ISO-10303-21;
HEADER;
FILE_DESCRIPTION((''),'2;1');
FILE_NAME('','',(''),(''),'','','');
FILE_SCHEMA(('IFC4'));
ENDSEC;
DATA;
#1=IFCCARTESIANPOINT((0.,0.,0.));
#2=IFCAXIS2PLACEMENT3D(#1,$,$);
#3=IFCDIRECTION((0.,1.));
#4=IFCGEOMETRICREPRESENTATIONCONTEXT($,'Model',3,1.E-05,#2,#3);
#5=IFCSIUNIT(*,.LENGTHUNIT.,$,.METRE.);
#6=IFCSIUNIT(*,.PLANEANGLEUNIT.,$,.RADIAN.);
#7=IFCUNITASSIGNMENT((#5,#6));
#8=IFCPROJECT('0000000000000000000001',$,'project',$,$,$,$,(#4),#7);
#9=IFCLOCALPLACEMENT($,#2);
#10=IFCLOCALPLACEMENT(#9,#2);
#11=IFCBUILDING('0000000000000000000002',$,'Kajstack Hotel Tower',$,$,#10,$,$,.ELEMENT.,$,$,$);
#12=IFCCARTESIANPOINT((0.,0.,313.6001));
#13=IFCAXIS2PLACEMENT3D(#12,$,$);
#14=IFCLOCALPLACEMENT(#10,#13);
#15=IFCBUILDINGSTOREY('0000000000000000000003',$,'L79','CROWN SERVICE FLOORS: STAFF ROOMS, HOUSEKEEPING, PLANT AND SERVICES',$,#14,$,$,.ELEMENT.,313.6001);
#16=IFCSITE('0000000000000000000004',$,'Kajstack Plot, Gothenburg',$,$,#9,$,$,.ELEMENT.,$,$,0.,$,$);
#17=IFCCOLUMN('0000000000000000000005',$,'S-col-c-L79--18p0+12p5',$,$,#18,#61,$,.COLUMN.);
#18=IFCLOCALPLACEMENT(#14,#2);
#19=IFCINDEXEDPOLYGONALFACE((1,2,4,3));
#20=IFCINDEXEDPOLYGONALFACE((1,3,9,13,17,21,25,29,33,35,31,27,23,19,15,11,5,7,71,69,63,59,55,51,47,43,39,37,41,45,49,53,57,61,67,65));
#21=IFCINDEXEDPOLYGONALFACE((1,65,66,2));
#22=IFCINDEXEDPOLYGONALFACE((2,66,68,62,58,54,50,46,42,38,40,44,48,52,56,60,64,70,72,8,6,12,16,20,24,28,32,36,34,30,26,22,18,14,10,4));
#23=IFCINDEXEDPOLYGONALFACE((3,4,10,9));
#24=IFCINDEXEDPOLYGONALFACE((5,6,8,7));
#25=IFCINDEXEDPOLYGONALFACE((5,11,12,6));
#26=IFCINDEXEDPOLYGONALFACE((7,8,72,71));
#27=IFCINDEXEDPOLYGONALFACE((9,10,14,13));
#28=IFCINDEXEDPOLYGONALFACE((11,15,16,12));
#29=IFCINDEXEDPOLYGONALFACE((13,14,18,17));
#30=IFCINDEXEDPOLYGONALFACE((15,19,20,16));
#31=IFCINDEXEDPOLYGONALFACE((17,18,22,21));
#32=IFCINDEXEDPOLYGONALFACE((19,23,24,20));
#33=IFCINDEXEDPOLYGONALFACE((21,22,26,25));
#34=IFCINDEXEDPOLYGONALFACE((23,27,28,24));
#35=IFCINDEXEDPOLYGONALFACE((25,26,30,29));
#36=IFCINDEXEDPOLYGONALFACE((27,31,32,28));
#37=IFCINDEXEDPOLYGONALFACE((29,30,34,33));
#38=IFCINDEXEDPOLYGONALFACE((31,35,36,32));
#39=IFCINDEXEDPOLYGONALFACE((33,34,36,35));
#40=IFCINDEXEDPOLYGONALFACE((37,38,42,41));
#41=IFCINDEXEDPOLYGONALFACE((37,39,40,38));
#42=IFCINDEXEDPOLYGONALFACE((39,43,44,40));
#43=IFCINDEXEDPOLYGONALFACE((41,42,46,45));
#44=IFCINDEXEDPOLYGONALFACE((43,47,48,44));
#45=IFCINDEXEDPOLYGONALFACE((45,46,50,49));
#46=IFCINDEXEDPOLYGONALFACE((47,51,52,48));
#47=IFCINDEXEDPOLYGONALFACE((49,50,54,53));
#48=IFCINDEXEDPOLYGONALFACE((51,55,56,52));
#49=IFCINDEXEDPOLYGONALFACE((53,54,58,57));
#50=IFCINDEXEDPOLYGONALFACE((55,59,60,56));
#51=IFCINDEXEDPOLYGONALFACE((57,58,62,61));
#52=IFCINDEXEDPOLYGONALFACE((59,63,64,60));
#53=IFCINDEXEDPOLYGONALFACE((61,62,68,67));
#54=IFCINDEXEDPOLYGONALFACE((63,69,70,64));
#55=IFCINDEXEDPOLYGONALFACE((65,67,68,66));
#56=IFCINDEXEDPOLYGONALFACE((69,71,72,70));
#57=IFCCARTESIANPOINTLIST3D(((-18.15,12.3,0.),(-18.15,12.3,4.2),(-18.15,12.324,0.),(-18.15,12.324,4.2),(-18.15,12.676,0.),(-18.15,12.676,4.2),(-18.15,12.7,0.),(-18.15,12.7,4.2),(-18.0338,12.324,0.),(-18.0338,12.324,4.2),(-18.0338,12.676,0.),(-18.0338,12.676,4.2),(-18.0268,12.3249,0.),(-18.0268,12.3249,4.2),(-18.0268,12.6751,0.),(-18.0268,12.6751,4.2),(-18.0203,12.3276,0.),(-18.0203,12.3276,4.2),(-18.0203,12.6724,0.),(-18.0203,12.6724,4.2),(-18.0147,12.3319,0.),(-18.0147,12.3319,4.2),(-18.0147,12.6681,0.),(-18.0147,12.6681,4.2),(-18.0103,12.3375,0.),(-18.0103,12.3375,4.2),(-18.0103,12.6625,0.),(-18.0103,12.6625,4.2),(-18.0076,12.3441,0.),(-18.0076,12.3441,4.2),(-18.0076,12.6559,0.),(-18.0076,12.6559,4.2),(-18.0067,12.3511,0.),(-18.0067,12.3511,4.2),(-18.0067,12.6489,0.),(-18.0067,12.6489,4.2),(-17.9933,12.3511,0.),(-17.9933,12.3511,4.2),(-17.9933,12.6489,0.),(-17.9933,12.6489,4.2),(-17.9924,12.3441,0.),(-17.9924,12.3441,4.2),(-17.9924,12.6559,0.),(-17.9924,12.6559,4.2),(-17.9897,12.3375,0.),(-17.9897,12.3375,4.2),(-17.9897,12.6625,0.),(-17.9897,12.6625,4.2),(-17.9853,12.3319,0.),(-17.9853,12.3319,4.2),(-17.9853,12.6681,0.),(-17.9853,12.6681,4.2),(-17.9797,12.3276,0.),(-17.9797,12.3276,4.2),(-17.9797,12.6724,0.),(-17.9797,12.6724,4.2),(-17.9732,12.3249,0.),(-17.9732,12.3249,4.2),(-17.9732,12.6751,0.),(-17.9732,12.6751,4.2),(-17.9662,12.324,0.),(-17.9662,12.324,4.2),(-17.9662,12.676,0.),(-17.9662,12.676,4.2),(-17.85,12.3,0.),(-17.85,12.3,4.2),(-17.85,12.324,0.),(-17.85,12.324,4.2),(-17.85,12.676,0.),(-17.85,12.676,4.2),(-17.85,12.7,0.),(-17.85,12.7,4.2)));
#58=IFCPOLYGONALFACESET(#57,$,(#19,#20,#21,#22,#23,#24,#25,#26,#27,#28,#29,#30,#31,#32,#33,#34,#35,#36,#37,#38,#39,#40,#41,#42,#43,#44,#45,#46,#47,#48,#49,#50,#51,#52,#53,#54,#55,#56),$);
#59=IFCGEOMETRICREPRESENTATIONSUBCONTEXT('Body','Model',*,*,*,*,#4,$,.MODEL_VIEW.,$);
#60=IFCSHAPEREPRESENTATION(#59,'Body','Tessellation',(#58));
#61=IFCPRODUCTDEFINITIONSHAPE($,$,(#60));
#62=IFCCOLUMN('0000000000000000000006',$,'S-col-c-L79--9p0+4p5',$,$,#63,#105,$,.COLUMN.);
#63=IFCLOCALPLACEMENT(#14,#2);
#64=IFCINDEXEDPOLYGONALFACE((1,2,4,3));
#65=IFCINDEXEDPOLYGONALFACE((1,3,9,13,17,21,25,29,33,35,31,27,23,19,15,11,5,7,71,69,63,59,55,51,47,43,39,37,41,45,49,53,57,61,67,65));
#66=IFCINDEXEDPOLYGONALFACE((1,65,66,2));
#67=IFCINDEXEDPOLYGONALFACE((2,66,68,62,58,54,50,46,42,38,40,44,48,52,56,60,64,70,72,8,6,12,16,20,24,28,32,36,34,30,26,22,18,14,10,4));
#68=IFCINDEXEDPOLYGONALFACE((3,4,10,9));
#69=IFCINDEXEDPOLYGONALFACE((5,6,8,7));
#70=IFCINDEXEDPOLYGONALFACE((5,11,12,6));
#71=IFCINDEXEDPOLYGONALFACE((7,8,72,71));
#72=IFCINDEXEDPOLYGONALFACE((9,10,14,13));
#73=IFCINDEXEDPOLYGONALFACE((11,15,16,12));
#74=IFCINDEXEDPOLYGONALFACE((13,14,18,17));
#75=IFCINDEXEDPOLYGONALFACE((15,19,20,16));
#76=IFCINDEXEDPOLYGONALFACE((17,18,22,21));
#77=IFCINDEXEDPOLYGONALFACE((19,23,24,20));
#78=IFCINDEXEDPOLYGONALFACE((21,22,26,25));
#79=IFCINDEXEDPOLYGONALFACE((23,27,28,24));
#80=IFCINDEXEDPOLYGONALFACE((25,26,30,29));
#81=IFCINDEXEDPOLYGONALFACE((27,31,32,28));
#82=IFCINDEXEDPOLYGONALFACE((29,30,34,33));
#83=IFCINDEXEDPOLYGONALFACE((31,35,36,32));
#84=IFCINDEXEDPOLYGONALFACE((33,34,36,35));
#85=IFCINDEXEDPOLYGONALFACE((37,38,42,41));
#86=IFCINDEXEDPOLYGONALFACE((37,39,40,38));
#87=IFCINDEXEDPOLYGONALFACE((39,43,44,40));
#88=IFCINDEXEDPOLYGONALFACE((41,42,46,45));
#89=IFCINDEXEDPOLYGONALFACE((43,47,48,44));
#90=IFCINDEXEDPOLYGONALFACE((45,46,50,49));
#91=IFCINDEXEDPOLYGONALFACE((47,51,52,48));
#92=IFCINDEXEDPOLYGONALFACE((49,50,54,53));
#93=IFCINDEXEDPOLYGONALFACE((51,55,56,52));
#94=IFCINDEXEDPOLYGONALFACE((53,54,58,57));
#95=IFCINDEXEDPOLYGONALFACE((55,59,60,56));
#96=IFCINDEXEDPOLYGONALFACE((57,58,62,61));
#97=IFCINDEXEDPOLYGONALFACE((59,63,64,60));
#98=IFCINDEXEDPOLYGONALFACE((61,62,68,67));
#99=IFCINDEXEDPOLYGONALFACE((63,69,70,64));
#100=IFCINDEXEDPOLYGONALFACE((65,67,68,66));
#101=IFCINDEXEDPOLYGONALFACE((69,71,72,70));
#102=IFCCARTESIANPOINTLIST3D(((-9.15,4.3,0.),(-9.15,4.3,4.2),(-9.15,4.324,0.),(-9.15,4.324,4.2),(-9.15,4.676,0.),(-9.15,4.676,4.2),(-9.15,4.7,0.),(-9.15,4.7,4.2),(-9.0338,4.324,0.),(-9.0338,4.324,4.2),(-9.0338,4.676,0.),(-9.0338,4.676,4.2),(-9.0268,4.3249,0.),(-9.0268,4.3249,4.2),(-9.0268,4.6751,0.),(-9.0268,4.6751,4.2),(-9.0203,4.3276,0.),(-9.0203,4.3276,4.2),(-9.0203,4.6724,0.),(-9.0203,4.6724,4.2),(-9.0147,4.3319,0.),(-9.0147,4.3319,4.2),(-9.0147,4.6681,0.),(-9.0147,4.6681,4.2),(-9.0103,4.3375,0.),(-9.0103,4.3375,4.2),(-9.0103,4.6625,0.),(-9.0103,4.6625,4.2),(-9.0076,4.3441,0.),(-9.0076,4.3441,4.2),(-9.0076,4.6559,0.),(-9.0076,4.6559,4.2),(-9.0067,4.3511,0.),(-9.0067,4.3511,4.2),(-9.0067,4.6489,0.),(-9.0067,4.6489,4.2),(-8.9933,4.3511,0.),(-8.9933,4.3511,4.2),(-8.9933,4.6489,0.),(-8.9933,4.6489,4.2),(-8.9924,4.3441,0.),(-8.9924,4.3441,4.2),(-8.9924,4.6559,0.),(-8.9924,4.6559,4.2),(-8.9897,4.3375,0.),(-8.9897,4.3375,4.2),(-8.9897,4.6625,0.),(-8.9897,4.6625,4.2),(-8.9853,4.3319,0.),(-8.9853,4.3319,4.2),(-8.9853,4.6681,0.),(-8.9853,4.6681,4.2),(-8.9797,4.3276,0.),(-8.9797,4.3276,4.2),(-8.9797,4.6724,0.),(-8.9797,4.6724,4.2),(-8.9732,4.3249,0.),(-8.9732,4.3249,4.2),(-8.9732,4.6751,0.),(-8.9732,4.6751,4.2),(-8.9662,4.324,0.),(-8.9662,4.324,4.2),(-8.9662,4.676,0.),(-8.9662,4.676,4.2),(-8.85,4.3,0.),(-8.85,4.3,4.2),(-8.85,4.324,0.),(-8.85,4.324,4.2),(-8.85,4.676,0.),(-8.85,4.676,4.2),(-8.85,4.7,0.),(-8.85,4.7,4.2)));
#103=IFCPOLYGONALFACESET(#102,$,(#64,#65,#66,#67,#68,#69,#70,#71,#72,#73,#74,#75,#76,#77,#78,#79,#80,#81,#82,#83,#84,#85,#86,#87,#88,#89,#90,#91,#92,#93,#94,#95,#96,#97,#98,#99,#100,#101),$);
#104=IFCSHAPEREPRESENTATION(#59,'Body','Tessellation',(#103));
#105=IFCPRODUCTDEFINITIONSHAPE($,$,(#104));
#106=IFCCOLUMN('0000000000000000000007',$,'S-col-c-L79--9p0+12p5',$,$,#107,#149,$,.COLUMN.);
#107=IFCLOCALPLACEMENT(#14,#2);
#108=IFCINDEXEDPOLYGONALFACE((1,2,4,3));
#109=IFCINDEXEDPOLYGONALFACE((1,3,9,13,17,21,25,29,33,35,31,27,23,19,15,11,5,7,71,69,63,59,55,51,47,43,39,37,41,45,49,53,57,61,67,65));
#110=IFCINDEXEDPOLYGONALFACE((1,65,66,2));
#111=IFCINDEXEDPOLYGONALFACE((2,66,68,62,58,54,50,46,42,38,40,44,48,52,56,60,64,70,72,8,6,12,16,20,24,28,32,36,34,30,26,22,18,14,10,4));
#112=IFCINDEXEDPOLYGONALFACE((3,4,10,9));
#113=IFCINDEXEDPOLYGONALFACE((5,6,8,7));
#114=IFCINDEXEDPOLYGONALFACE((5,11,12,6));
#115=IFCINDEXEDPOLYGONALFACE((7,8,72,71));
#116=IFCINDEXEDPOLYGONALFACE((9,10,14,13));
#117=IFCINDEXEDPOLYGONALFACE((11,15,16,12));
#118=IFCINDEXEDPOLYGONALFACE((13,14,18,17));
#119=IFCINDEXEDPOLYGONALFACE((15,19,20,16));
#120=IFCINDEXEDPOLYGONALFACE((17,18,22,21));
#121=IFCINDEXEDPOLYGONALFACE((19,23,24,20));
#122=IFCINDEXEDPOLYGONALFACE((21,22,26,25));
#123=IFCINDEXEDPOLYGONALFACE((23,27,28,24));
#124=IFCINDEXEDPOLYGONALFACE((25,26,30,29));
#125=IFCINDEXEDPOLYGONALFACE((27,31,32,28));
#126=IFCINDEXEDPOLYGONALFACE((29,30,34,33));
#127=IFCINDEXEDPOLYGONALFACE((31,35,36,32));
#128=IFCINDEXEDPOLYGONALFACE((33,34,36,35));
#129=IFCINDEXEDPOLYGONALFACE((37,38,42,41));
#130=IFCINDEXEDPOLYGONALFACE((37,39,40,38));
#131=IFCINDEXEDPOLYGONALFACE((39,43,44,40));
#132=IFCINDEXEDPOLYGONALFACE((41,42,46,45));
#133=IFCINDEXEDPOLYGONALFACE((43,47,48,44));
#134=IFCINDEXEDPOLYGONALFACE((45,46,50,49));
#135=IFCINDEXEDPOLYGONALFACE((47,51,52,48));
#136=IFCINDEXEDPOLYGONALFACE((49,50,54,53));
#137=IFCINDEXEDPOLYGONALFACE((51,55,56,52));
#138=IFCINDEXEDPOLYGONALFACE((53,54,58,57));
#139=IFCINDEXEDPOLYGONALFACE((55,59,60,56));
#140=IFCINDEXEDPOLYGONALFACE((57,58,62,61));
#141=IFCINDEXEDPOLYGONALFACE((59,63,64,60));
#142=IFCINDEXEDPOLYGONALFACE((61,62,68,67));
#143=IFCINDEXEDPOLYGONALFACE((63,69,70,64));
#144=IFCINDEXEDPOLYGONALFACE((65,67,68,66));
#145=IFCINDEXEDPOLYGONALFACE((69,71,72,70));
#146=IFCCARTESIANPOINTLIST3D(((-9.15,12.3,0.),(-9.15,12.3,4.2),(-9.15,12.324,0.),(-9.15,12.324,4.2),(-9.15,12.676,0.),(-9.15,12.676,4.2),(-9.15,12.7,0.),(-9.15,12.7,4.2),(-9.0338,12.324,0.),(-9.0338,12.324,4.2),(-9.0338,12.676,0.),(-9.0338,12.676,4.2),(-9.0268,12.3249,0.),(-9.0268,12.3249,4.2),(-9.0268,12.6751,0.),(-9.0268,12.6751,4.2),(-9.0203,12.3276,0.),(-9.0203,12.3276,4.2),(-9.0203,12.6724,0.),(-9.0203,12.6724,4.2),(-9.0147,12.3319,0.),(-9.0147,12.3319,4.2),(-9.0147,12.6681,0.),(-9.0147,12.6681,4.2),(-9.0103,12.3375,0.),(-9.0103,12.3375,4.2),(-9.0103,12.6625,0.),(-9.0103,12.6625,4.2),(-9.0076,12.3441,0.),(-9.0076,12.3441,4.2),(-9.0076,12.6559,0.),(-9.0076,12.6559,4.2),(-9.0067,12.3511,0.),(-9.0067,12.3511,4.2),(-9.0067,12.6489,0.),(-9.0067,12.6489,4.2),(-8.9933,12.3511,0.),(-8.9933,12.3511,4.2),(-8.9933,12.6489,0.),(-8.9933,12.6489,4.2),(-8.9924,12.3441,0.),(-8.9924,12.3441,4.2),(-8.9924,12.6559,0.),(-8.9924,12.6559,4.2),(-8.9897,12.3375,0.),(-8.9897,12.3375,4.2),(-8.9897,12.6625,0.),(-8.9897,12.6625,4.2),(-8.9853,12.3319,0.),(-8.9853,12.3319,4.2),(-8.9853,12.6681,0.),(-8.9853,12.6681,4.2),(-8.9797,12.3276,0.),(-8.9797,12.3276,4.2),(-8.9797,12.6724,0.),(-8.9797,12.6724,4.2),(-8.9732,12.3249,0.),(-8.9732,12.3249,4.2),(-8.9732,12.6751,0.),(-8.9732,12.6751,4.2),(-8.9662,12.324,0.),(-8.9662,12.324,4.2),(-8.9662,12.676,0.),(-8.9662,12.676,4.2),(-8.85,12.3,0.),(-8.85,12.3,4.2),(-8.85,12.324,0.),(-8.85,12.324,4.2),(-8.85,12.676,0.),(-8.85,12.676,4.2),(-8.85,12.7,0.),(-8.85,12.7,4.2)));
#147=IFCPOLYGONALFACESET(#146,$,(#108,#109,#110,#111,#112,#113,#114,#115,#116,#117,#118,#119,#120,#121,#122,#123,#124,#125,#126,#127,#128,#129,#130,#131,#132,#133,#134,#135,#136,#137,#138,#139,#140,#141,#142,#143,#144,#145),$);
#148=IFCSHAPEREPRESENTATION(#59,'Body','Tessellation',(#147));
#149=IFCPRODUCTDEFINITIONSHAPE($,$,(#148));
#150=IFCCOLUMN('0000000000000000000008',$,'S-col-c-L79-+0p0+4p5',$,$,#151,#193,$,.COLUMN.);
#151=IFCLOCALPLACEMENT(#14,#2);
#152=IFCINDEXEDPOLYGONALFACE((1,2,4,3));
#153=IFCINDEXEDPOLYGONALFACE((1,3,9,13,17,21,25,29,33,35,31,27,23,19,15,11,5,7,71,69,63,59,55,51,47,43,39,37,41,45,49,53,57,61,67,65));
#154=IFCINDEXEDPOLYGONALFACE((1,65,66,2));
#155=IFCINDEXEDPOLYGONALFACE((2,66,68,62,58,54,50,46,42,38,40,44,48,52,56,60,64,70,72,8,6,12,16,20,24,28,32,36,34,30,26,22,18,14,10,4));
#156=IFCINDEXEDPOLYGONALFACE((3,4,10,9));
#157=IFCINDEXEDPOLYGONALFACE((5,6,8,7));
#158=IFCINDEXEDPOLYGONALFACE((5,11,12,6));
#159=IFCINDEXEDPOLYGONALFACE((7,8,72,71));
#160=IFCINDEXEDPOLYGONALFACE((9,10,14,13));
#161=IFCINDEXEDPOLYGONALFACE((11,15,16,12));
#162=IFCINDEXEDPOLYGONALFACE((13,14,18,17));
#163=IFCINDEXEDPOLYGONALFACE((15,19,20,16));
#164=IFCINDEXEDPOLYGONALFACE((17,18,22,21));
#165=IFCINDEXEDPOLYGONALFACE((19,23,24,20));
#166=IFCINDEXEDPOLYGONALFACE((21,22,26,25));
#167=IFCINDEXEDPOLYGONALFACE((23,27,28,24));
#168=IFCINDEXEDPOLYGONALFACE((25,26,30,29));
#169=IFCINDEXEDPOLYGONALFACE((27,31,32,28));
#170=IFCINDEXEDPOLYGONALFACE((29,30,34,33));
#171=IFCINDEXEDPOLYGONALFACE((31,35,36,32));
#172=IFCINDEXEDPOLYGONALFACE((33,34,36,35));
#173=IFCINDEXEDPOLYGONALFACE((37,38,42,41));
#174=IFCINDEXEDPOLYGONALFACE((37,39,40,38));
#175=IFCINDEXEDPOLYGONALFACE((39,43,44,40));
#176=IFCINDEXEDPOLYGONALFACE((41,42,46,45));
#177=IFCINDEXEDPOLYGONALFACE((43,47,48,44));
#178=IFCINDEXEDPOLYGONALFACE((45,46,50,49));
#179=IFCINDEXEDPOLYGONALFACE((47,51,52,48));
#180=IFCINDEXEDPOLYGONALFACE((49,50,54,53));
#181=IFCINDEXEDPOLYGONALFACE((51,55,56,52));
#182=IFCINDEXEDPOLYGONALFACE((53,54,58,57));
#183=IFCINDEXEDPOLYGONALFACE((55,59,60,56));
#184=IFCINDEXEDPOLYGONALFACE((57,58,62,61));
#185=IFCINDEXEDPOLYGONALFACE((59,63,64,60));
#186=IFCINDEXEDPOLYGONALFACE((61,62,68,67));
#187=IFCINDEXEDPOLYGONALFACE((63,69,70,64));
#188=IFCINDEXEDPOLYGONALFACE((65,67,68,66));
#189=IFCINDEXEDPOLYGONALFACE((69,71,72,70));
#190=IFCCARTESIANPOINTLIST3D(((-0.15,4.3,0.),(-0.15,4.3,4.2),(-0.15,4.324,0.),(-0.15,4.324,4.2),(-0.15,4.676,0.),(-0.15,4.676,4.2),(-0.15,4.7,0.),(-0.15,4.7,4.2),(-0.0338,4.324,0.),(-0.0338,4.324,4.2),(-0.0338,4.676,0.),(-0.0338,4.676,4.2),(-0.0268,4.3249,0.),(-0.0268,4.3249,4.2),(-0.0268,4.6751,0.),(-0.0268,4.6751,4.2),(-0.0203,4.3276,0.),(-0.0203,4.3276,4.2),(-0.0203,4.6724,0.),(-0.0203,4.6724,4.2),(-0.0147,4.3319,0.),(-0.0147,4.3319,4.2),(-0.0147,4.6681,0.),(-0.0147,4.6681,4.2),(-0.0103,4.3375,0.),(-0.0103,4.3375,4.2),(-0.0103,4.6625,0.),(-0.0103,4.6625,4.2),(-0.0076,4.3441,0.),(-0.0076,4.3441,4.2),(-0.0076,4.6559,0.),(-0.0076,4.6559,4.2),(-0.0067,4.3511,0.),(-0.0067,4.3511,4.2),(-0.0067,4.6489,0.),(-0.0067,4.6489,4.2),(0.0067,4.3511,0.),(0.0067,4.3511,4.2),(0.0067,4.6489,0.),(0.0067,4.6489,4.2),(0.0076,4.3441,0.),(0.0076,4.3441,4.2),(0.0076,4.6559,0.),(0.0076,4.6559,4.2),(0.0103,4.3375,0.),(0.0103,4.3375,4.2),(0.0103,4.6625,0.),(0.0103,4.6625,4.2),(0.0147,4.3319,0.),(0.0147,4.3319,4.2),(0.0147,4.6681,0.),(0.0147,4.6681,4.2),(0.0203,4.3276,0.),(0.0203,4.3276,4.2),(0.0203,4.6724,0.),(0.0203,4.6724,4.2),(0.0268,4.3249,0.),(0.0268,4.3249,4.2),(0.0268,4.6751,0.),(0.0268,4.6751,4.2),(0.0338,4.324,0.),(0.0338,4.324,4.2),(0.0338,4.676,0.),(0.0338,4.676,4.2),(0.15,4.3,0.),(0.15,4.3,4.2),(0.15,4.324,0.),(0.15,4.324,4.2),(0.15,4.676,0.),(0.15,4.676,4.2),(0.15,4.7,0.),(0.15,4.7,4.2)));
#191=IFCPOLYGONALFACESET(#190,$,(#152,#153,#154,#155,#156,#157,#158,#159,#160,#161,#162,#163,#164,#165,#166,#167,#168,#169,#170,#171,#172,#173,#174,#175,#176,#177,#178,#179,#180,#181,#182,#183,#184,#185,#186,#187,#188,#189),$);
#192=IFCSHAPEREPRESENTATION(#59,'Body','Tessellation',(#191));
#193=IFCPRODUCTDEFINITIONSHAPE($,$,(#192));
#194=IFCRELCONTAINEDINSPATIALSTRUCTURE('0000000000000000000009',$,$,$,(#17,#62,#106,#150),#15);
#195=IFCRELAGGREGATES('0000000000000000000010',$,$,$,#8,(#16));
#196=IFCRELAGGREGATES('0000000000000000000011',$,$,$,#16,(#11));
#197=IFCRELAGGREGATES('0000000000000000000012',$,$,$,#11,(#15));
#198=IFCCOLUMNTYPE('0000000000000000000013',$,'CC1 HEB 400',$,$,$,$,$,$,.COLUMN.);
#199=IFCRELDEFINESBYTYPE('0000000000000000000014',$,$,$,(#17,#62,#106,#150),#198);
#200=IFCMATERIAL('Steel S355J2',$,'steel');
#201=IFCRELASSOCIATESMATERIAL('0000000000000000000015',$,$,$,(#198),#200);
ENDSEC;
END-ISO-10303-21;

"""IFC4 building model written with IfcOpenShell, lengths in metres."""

from ifc_helpers import new_model, si_unit, direction, frame, origin, origin_2d, place, context, subcontext, project, spatial, i_section, extrude, material, material_profile, profile_set, type_object, element, save


model = new_model("IFC4")

# Units and contexts
model_context = context("Model", 3, precision=1e-05, world=origin(), true_north=direction((0.0, 1.0)))
body_context = subcontext(model_context, "Body", "Model", "MODEL_VIEW")
ifc_project = project(units=[si_unit("LENGTHUNIT", "METRE"), si_unit("PLANEANGLEUNIT", "RADIAN")], contexts=[model_context])

# Site, building, storey
site_placement = place(None, origin())
site = spatial("IfcSite", under=ifc_project, at=site_placement, Name="Kajstack Plot, Gothenburg", CompositionType="ELEMENT", RefElevation=0.0)
building_placement = place(site_placement, origin())
building = spatial("IfcBuilding", under=site, at=building_placement, Name="Kajstack Hotel Tower", CompositionType="ELEMENT")
storey_placement = place(building_placement, frame((0.0, 0.0, 313.6001)))
storey = spatial("IfcBuildingStorey", under=building, at=storey_placement, Name="L79", Description="CROWN SERVICE FLOORS: STAFF ROOMS, HOUSEKEEPING, PLANT AND SERVICES", CompositionType="ELEMENT", Elevation=313.6001)

# Columns
ifc_material = material(Name="Steel S355J2", Category="steel")
ifc_material_profile_1 = material_profile(ifc_material, i_section(OverallWidth=0.3, OverallDepth=0.3999, WebThickness=0.0134, FlangeThickness=0.0239, FilletRadius=0.0271, at=origin_2d()), Name="HEB 400")
ifc_profile_set_1 = profile_set([ifc_material_profile_1], Name="Steel S355J2")
column_type = type_object("IfcColumnType", Name="CC1 HEB 400", PredefinedType="COLUMN", material=ifc_profile_set_1)
for number, where, z_axis, x_axis, name in (
    (1, (-18.0, 12.5, 0.0), (0.0, 0.0, 1.0), (1.0, 0.0, 0.0), "S-col-c-L79--18p0+12p5"),
    (2, (-9.0, 4.5, 0.0), (0.0, 0.0, 1.0), (1.0, 0.0, 0.0), "S-col-c-L79--9p0+4p5"),
    (3, (-9.0, 12.5, 0.0), (0.0, 0.0, 1.0), (1.0, 0.0, 0.0), "S-col-c-L79--9p0+12p5"),
    (4, (0.0, 4.5, 0.0), (0.0, 0.0, 1.0), (1.0, 0.0, 0.0), "S-col-c-L79-+0p0+4p5"),
):
    element("IfcColumn", number, at=place(storey_placement, frame(where, z_axis=z_axis, x_axis=x_axis)), inside=storey, type_object=column_type, Name=name, PredefinedType="COLUMN", context=body_context, shape_type="SweptSolid", body=[
        extrude(i_section(OverallWidth=0.3, OverallDepth=0.3999, WebThickness=0.0134, FlangeThickness=0.0239, FilletRadius=0.0271, at=origin_2d()), origin(), (0.0, 0.0, 1.0), 4.2),
    ])

save(model, "model.ifc")
